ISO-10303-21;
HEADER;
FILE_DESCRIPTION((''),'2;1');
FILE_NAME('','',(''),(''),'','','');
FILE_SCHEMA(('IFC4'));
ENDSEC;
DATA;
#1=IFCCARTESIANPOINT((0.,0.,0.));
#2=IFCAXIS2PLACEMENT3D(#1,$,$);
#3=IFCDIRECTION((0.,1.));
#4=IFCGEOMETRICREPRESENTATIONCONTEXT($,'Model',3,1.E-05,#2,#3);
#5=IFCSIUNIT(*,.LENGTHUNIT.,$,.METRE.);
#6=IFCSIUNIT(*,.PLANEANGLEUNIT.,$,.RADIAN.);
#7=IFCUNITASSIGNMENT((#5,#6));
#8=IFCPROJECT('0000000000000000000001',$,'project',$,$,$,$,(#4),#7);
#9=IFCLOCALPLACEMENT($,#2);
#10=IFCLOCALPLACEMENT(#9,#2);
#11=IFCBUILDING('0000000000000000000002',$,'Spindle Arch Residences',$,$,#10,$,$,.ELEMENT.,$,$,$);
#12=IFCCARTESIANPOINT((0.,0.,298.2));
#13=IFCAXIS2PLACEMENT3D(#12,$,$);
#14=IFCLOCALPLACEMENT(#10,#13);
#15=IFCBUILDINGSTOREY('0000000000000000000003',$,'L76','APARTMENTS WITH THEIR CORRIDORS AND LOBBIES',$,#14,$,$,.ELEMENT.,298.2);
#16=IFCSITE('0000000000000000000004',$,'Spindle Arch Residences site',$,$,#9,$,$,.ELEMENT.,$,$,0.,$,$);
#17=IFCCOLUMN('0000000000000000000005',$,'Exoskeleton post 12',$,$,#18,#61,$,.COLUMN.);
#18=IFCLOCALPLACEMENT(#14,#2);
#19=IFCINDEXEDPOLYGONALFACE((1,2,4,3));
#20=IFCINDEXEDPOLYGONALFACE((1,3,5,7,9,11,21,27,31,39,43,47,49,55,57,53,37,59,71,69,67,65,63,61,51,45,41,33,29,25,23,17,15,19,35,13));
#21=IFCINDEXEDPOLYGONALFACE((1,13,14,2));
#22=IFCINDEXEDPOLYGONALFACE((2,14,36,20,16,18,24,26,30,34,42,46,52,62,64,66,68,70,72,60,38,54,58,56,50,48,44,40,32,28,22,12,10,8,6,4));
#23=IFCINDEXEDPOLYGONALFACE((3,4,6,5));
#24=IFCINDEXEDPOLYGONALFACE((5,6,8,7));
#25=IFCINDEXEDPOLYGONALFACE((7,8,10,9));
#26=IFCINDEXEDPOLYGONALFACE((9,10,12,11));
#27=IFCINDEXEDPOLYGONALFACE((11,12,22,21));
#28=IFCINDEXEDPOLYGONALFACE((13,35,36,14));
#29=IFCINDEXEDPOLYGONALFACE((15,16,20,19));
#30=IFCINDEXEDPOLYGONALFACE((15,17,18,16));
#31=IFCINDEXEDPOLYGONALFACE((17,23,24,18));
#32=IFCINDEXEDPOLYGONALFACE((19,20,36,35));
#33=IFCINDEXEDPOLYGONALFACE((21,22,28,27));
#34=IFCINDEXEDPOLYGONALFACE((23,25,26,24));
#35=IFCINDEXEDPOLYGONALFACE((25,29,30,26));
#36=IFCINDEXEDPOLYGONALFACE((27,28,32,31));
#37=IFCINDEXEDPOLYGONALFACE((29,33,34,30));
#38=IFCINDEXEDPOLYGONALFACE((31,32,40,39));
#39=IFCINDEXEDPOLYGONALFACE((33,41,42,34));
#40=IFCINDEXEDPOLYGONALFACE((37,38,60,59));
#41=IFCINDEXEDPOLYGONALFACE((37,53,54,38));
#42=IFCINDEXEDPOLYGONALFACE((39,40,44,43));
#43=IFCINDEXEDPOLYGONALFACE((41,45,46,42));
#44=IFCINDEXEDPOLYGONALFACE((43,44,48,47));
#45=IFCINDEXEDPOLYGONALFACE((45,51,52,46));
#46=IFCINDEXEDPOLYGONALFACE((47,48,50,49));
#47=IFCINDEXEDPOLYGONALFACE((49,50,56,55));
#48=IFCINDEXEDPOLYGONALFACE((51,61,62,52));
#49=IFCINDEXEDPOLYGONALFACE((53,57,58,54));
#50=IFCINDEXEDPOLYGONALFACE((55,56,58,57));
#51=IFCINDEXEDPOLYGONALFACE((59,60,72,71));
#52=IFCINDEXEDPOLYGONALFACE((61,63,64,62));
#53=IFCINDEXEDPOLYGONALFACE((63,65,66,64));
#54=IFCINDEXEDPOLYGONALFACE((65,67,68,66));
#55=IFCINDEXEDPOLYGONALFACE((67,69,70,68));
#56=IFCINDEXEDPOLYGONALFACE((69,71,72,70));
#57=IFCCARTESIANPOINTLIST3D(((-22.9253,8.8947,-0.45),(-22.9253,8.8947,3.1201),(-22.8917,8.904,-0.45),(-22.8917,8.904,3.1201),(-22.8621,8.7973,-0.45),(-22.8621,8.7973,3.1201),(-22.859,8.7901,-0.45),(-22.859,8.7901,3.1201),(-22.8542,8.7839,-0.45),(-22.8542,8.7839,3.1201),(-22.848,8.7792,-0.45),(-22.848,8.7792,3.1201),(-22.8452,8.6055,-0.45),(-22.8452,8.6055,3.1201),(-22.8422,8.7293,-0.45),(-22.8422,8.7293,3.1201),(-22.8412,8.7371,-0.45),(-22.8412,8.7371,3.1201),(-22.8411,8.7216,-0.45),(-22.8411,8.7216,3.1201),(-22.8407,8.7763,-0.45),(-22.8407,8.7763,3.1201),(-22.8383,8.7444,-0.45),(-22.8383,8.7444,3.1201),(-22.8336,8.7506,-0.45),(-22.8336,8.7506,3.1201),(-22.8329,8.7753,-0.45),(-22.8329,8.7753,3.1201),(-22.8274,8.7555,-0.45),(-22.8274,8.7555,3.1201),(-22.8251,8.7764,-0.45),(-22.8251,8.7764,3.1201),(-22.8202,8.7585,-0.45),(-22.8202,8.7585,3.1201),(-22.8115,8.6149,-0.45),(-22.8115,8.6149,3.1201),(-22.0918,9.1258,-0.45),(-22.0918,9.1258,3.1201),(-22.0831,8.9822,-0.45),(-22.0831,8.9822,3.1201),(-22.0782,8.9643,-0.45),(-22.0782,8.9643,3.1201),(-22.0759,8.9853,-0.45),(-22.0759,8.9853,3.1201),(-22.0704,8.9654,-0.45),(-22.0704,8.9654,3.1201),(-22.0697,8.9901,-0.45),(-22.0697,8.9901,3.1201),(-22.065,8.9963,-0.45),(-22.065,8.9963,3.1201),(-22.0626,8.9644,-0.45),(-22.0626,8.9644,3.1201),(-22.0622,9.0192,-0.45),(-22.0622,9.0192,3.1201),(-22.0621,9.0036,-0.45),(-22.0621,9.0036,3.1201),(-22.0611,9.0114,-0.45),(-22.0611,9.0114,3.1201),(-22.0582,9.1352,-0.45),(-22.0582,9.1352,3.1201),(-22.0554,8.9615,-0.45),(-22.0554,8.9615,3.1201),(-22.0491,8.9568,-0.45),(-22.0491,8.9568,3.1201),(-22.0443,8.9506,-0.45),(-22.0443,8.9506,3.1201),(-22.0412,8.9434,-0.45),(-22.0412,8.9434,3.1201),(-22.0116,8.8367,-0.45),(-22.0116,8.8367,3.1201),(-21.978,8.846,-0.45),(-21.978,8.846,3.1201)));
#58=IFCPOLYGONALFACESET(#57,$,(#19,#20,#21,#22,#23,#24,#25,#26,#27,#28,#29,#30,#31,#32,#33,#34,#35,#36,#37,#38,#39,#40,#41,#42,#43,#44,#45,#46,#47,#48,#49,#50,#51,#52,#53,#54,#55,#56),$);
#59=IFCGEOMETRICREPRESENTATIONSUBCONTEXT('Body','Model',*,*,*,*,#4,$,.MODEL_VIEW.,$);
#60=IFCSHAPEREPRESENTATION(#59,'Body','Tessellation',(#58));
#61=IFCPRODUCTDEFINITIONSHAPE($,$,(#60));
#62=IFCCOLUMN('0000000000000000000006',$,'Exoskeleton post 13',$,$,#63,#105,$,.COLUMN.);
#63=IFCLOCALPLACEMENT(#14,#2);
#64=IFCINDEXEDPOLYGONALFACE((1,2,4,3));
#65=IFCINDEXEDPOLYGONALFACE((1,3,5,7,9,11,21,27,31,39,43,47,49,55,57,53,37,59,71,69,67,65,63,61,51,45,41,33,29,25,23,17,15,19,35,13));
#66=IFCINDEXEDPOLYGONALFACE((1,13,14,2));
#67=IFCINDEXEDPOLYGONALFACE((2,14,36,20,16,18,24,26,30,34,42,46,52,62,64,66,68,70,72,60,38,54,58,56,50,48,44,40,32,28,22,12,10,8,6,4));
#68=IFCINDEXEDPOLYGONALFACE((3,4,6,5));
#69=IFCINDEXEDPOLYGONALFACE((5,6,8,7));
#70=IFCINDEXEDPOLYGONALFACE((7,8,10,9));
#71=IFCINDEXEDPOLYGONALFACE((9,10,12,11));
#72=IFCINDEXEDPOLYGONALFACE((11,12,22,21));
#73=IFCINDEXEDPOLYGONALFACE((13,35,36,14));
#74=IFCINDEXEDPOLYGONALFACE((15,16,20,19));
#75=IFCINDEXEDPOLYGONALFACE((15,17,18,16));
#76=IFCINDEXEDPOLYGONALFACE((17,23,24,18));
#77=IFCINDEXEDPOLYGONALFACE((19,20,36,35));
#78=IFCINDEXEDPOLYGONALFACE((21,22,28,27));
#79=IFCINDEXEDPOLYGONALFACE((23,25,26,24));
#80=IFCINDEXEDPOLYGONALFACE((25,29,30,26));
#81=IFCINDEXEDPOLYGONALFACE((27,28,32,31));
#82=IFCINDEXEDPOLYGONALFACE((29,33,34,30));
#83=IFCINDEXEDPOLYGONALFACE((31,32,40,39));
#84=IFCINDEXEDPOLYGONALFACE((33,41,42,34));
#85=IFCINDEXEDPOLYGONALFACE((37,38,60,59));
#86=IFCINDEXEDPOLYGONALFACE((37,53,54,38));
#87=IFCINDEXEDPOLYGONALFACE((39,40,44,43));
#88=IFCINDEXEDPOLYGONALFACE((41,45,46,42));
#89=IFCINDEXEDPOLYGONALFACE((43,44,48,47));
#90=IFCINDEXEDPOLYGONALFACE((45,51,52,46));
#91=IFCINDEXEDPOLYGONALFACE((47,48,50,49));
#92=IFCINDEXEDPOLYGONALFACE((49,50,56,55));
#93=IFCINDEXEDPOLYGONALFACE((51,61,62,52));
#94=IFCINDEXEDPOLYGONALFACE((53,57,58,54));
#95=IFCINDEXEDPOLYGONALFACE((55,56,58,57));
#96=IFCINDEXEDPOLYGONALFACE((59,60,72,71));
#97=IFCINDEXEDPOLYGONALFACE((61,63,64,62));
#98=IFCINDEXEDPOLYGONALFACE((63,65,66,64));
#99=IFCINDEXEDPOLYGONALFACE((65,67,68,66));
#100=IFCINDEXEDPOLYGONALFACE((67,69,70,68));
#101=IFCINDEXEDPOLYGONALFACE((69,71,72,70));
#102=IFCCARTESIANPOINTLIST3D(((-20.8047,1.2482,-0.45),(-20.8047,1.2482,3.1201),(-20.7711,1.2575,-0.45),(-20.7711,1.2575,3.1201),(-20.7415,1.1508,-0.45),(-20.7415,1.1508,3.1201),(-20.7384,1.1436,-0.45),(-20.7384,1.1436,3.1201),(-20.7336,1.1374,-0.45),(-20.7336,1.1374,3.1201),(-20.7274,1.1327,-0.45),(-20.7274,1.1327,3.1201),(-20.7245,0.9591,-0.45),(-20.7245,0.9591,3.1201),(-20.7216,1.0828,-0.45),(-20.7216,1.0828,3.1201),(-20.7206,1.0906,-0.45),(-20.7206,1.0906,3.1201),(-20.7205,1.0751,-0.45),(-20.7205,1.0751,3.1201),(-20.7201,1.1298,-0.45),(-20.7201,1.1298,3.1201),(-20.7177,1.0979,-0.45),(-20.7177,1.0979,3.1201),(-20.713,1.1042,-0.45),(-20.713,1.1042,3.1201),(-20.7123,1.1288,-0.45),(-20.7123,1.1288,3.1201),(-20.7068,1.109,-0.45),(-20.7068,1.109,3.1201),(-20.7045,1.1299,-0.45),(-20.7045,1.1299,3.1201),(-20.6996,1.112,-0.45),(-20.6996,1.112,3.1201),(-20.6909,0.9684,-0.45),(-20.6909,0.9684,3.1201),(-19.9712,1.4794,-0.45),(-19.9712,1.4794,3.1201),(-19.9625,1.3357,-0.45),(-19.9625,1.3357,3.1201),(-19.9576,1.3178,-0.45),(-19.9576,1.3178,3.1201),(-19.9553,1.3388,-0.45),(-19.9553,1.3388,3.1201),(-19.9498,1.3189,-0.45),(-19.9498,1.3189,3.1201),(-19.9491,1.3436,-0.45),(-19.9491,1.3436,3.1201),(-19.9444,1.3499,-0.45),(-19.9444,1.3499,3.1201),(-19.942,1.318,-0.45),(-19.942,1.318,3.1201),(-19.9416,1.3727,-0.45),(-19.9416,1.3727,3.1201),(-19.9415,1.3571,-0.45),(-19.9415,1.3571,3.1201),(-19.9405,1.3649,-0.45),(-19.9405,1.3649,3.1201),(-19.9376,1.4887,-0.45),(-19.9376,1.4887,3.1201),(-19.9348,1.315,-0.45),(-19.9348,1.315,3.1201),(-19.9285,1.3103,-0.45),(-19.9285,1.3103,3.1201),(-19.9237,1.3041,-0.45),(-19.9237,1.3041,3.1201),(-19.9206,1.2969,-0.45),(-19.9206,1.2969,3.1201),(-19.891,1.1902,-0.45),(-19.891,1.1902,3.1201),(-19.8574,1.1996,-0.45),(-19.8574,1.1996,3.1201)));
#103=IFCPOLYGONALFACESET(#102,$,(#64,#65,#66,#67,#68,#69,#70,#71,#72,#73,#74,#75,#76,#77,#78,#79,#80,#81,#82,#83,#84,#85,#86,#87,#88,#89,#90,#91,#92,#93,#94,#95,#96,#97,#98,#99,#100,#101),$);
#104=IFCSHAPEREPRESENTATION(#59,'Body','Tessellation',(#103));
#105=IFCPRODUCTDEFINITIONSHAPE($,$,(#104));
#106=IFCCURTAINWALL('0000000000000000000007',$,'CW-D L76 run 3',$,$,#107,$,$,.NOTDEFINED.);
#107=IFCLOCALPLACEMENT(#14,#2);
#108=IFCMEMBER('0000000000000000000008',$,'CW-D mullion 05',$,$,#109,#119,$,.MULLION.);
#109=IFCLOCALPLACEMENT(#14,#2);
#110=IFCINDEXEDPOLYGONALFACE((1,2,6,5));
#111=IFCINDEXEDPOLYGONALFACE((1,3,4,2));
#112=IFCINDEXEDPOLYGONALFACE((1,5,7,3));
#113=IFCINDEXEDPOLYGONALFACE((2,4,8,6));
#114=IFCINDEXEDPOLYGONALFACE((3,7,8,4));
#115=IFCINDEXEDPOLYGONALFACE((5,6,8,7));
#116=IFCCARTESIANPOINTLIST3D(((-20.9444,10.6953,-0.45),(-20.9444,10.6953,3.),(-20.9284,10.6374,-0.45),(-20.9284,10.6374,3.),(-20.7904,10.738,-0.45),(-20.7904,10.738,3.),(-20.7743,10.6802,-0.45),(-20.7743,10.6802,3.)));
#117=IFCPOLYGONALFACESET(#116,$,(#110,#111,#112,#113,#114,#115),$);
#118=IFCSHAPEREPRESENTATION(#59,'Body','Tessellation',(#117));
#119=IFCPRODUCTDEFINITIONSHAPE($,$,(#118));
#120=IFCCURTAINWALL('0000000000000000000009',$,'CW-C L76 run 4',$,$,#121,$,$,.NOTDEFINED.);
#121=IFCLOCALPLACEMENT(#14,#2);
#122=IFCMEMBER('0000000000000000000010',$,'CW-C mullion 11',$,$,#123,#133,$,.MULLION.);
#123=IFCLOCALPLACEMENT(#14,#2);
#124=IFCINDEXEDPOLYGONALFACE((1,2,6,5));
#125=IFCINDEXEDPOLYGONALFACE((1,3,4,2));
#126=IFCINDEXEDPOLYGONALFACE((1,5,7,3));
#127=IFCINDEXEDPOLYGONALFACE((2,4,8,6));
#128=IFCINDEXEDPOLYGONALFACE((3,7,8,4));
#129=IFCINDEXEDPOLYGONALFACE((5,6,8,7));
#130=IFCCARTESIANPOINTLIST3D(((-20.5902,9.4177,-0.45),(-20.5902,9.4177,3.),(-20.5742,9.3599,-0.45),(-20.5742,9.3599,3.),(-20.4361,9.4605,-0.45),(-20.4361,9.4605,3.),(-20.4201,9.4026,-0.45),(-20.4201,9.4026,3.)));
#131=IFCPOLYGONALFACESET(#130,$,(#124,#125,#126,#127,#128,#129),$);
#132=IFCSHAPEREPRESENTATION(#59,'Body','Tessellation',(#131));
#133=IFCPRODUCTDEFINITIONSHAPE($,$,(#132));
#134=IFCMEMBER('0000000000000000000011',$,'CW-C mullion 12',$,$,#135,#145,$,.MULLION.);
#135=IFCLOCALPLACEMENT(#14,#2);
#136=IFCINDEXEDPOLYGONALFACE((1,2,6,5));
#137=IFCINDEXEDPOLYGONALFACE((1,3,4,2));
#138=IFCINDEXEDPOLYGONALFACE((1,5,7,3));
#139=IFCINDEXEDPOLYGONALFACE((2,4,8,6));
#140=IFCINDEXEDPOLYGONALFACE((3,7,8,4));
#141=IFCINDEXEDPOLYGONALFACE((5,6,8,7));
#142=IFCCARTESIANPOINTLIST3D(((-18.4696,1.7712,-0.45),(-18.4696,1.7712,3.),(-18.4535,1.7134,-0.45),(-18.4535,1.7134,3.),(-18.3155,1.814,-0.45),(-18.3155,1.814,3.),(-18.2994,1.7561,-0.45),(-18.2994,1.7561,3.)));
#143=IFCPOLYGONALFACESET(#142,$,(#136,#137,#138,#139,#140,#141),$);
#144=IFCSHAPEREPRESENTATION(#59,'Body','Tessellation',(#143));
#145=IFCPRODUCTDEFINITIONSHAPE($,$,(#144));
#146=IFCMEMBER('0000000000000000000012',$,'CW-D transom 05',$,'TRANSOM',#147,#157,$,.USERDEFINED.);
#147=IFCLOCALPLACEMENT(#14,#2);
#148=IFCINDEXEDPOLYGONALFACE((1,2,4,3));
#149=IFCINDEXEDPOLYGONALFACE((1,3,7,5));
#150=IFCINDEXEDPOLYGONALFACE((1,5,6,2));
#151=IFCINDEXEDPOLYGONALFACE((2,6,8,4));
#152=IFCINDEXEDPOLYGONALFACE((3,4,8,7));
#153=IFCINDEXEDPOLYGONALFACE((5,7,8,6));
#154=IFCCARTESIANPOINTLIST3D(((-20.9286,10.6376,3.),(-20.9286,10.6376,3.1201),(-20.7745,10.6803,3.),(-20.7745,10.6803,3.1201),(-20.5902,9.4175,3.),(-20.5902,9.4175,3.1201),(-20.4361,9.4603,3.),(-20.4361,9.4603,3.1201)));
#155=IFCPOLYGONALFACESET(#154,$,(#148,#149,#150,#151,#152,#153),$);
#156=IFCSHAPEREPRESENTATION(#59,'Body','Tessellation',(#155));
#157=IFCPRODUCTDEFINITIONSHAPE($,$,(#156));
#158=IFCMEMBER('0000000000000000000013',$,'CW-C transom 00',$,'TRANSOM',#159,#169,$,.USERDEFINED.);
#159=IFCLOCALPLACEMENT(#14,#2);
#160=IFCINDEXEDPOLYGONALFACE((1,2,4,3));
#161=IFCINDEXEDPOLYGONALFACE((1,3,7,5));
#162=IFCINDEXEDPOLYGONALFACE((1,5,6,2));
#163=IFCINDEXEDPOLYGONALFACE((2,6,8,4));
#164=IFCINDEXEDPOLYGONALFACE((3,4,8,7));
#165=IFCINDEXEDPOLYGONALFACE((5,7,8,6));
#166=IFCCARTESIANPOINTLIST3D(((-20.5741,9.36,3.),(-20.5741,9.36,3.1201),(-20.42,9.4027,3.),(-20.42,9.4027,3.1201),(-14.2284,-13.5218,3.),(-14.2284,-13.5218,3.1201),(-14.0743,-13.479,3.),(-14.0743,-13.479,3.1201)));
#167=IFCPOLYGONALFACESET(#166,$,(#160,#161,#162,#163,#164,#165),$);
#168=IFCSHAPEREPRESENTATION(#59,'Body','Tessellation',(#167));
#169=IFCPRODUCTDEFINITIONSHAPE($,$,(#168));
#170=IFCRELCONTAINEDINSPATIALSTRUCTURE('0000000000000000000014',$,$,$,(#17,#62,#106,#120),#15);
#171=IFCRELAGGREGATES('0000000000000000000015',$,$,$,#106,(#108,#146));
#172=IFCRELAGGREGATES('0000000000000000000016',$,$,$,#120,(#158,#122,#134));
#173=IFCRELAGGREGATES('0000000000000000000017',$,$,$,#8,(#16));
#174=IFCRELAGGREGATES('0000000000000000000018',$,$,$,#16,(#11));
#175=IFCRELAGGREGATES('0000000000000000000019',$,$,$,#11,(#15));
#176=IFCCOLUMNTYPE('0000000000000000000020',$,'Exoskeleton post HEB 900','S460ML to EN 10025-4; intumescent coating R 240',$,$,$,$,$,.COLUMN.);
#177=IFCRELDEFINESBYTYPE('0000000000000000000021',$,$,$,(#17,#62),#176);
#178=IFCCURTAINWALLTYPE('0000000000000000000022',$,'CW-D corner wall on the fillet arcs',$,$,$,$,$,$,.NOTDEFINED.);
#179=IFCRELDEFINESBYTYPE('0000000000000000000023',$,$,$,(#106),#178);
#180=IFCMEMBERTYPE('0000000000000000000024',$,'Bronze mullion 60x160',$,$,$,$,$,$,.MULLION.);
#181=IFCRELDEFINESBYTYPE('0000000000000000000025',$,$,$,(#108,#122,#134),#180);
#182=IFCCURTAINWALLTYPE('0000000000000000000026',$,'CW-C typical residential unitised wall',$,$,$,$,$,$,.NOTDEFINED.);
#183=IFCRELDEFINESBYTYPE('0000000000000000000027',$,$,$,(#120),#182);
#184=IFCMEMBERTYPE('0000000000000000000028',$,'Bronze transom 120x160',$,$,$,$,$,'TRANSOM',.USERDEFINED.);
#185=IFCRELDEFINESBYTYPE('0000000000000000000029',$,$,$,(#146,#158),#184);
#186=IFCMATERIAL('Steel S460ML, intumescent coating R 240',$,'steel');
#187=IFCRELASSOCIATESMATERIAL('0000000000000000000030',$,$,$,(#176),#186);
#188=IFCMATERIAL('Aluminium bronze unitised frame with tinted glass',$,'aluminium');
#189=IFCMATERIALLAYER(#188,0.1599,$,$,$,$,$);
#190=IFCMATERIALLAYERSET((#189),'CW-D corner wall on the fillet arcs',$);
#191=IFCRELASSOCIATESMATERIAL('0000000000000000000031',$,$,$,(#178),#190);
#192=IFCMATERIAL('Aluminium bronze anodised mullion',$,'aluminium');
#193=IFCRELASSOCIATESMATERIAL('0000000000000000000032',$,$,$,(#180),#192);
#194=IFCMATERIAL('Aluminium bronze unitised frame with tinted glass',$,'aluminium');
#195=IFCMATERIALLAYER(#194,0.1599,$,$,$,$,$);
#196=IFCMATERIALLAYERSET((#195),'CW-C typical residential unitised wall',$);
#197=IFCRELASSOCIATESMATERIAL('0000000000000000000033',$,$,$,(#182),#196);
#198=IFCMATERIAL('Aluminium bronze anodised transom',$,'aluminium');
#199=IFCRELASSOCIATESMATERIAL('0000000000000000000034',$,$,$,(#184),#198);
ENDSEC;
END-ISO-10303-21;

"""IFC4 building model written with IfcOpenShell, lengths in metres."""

from ifc_helpers import new_model, si_unit, direction, frame, origin, origin_2d, place, context, subcontext, project, spatial, rectangle, i_section, extrude, material, layer, layer_set, material_profile, profile_set, type_object, element, aggregate, save


model = new_model("IFC4")

# Units and contexts
model_context = context("Model", 3, precision=1e-05, world=origin(), true_north=direction((0.0, 1.0)))
body_context = subcontext(model_context, "Body", "Model", "MODEL_VIEW")
ifc_project = project(units=[si_unit("LENGTHUNIT", "METRE"), si_unit("PLANEANGLEUNIT", "RADIAN")], contexts=[model_context])

# Site, building, storey
site_placement = place(None, origin())
site = spatial("IfcSite", under=ifc_project, at=site_placement, Name="Spindle Arch Residences site", CompositionType="ELEMENT", RefElevation=0.0)
building_placement = place(site_placement, origin())
building = spatial("IfcBuilding", under=site, at=building_placement, Name="Spindle Arch Residences", CompositionType="ELEMENT")
storey_placement = place(building_placement, frame((0.0, 0.0, 298.2)))
storey = spatial("IfcBuildingStorey", under=building, at=storey_placement, Name="L76", Description="APARTMENTS WITH THEIR CORRIDORS AND LOBBIES", CompositionType="ELEMENT", Elevation=298.2)

# Columns
ifc_material_1 = material(Name="Steel S460ML, intumescent coating R 240", Category="steel")
ifc_material_profile_1 = material_profile(ifc_material_1, i_section(OverallWidth=0.3, OverallDepth=0.8999, WebThickness=0.0186, FlangeThickness=0.0349, FilletRadius=0.03, at=origin_2d()), Name="HEB 900")
ifc_profile_set_1 = profile_set([ifc_material_profile_1], Name="Steel S460ML, intumescent coating R 240")
column_type = type_object("IfcColumnType", Name="Exoskeleton post HEB 900", Description="S460ML to EN 10025-4; intumescent coating R 240", PredefinedType="COLUMN", material=ifc_profile_set_1)
for number, where, z_axis, x_axis, name in (
    (1, (-22.4517, 8.8704, -0.45), (0.0, 0.0, 1.0), (-0.267238, 0.963631, 0.0), "Exoskeleton post 12"),
    (2, (-20.3311, 1.2239, -0.45), (0.0, 0.0, 1.0), (-0.267238, 0.963631, 0.0), "Exoskeleton post 13"),
):
    element("IfcColumn", number, at=place(storey_placement, frame(where, z_axis=z_axis, x_axis=x_axis)), inside=storey, type_object=column_type, Name=name, PredefinedType="COLUMN", context=body_context, shape_type="SweptSolid", body=[
        extrude(i_section(OverallWidth=0.3, OverallDepth=0.8999, WebThickness=0.0186, FlangeThickness=0.0349, FilletRadius=0.03, at=origin_2d()), origin(), (0.0, 0.0, 1.0), 3.5701),
    ])

# Curtain wall, member
ifc_material_2 = material(Name="Aluminium bronze unitised frame with tinted glass", Category="aluminium")
ifc_layer_1 = layer(ifc_material_2, 0.1599)
ifc_layer_set_1 = layer_set([ifc_layer_1], Name="CW-D corner wall on the fillet arcs")
curtain_wall_type_1 = type_object("IfcCurtainWallType", Name="CW-D corner wall on the fillet arcs", PredefinedType="NOTDEFINED", material=ifc_layer_set_1)
curtain_wall_1_placement = place(storey_placement, origin())
curtain_wall_1 = element("IfcCurtainWall", 3, at=curtain_wall_1_placement, inside=storey, type_object=curtain_wall_type_1, Name="CW-D L76 run 3", PredefinedType="NOTDEFINED")
ifc_material_3 = material(Name="Aluminium bronze anodised mullion", Category="aluminium")
ifc_material_profile_2 = material_profile(ifc_material_3, rectangle(XDim=0.1599, YDim=0.0601, at=origin_2d()), Name="MU 60x160")
ifc_profile_set_2 = profile_set([ifc_material_profile_2], Name="Aluminium bronze anodised mullion")
member_type_1 = type_object("IfcMemberType", Name="Bronze mullion 60x160", PredefinedType="MULLION", material=ifc_profile_set_2)
member_1_placement = place(storey_placement, frame((-20.8594, 10.6877, -0.45), z_axis=(0.0, 0.0, 1.0), x_axis=(0.96363, 0.267238, 0.0)))
member_1 = element("IfcMember", 4, at=member_1_placement, type_object=member_type_1, Name="CW-D mullion 05", PredefinedType="MULLION", context=body_context, shape_type="SweptSolid", body=[
    extrude(rectangle(XDim=0.1599, YDim=0.0601, at=origin_2d()), origin(), (0.0, 0.0, 1.0), 3.45),
])

# Curtain wall, members
ifc_material_4 = material(Name="Aluminium bronze unitised frame with tinted glass", Category="aluminium")
ifc_layer_2 = layer(ifc_material_4, 0.1599)
ifc_layer_set_2 = layer_set([ifc_layer_2], Name="CW-C typical residential unitised wall")
curtain_wall_type_2 = type_object("IfcCurtainWallType", Name="CW-C typical residential unitised wall", PredefinedType="NOTDEFINED", material=ifc_layer_set_2)
curtain_wall_2_placement = place(storey_placement, origin())
curtain_wall_2 = element("IfcCurtainWall", 5, at=curtain_wall_2_placement, inside=storey, type_object=curtain_wall_type_2, Name="CW-C L76 run 4", PredefinedType="NOTDEFINED")
member_2_placement = place(storey_placement, frame((-20.5051, 9.4102, -0.45), z_axis=(0.0, 0.0, 1.0), x_axis=(0.96363, 0.267238, 0.0)))
member_2 = element("IfcMember", 6, at=member_2_placement, type_object=member_type_1, Name="CW-C mullion 11", PredefinedType="MULLION", context=body_context, shape_type="SweptSolid", body=[
    extrude(rectangle(XDim=0.1599, YDim=0.0601, at=origin_2d()), origin(), (0.0, 0.0, 1.0), 3.45),
])
member_3_placement = place(storey_placement, frame((-18.3845, 1.7637, -0.45), z_axis=(0.0, 0.0, 1.0), x_axis=(0.96363, 0.267238, 0.0)))
member_3 = element("IfcMember", 7, at=member_3_placement, type_object=member_type_1, Name="CW-C mullion 12", PredefinedType="MULLION", context=body_context, shape_type="SweptSolid", body=[
    extrude(rectangle(XDim=0.1599, YDim=0.0601, at=origin_2d()), origin(), (0.0, 0.0, 1.0), 3.45),
])

# Members
ifc_material_5 = material(Name="Aluminium bronze anodised transom", Category="aluminium")
ifc_material_profile_3 = material_profile(ifc_material_5, rectangle(XDim=0.1599, YDim=0.1201, at=origin_2d()), Name="TR 120x160")
ifc_profile_set_3 = profile_set([ifc_material_profile_3], Name="Aluminium bronze anodised transom")
member_type_2 = type_object("IfcMemberType", Name="Bronze transom 120x160", ElementType="TRANSOM", PredefinedType="USERDEFINED", material=ifc_profile_set_3)
member_4_placement = place(storey_placement, frame((-20.8516, 10.6589, 3.0601), z_axis=(0.267276, -0.96362, 0.0), x_axis=(0.96362, 0.267276, 0.0)))
member_4 = element("IfcMember", 8, at=member_4_placement, type_object=member_type_2, Name="CW-D transom 05", ObjectType="TRANSOM", PredefinedType="USERDEFINED", context=body_context, shape_type="SweptSolid", body=[
    extrude(rectangle(XDim=0.1599, YDim=0.1201, at=origin_2d()), origin(), (0.0, 0.0, 1.0), 1.2661),
])
member_5_placement = place(storey_placement, frame((-20.4971, 9.3813, 3.0601), z_axis=(0.267239, -0.96363, 0.0), x_axis=(0.96363, 0.267239, 0.0)))
member_5 = element("IfcMember", 9, at=member_5_placement, type_object=member_type_2, Name="CW-C transom 00", ObjectType="TRANSOM", PredefinedType="USERDEFINED", context=body_context, shape_type="SweptSolid", body=[
    extrude(rectangle(XDim=0.1599, YDim=0.1201, at=origin_2d()), origin(), (0.0, 0.0, 1.0), 23.7454),
])

aggregate(curtain_wall_1, [member_1, member_4])
aggregate(curtain_wall_2, [member_5, member_2, member_3])

save(model, "model.ifc")
